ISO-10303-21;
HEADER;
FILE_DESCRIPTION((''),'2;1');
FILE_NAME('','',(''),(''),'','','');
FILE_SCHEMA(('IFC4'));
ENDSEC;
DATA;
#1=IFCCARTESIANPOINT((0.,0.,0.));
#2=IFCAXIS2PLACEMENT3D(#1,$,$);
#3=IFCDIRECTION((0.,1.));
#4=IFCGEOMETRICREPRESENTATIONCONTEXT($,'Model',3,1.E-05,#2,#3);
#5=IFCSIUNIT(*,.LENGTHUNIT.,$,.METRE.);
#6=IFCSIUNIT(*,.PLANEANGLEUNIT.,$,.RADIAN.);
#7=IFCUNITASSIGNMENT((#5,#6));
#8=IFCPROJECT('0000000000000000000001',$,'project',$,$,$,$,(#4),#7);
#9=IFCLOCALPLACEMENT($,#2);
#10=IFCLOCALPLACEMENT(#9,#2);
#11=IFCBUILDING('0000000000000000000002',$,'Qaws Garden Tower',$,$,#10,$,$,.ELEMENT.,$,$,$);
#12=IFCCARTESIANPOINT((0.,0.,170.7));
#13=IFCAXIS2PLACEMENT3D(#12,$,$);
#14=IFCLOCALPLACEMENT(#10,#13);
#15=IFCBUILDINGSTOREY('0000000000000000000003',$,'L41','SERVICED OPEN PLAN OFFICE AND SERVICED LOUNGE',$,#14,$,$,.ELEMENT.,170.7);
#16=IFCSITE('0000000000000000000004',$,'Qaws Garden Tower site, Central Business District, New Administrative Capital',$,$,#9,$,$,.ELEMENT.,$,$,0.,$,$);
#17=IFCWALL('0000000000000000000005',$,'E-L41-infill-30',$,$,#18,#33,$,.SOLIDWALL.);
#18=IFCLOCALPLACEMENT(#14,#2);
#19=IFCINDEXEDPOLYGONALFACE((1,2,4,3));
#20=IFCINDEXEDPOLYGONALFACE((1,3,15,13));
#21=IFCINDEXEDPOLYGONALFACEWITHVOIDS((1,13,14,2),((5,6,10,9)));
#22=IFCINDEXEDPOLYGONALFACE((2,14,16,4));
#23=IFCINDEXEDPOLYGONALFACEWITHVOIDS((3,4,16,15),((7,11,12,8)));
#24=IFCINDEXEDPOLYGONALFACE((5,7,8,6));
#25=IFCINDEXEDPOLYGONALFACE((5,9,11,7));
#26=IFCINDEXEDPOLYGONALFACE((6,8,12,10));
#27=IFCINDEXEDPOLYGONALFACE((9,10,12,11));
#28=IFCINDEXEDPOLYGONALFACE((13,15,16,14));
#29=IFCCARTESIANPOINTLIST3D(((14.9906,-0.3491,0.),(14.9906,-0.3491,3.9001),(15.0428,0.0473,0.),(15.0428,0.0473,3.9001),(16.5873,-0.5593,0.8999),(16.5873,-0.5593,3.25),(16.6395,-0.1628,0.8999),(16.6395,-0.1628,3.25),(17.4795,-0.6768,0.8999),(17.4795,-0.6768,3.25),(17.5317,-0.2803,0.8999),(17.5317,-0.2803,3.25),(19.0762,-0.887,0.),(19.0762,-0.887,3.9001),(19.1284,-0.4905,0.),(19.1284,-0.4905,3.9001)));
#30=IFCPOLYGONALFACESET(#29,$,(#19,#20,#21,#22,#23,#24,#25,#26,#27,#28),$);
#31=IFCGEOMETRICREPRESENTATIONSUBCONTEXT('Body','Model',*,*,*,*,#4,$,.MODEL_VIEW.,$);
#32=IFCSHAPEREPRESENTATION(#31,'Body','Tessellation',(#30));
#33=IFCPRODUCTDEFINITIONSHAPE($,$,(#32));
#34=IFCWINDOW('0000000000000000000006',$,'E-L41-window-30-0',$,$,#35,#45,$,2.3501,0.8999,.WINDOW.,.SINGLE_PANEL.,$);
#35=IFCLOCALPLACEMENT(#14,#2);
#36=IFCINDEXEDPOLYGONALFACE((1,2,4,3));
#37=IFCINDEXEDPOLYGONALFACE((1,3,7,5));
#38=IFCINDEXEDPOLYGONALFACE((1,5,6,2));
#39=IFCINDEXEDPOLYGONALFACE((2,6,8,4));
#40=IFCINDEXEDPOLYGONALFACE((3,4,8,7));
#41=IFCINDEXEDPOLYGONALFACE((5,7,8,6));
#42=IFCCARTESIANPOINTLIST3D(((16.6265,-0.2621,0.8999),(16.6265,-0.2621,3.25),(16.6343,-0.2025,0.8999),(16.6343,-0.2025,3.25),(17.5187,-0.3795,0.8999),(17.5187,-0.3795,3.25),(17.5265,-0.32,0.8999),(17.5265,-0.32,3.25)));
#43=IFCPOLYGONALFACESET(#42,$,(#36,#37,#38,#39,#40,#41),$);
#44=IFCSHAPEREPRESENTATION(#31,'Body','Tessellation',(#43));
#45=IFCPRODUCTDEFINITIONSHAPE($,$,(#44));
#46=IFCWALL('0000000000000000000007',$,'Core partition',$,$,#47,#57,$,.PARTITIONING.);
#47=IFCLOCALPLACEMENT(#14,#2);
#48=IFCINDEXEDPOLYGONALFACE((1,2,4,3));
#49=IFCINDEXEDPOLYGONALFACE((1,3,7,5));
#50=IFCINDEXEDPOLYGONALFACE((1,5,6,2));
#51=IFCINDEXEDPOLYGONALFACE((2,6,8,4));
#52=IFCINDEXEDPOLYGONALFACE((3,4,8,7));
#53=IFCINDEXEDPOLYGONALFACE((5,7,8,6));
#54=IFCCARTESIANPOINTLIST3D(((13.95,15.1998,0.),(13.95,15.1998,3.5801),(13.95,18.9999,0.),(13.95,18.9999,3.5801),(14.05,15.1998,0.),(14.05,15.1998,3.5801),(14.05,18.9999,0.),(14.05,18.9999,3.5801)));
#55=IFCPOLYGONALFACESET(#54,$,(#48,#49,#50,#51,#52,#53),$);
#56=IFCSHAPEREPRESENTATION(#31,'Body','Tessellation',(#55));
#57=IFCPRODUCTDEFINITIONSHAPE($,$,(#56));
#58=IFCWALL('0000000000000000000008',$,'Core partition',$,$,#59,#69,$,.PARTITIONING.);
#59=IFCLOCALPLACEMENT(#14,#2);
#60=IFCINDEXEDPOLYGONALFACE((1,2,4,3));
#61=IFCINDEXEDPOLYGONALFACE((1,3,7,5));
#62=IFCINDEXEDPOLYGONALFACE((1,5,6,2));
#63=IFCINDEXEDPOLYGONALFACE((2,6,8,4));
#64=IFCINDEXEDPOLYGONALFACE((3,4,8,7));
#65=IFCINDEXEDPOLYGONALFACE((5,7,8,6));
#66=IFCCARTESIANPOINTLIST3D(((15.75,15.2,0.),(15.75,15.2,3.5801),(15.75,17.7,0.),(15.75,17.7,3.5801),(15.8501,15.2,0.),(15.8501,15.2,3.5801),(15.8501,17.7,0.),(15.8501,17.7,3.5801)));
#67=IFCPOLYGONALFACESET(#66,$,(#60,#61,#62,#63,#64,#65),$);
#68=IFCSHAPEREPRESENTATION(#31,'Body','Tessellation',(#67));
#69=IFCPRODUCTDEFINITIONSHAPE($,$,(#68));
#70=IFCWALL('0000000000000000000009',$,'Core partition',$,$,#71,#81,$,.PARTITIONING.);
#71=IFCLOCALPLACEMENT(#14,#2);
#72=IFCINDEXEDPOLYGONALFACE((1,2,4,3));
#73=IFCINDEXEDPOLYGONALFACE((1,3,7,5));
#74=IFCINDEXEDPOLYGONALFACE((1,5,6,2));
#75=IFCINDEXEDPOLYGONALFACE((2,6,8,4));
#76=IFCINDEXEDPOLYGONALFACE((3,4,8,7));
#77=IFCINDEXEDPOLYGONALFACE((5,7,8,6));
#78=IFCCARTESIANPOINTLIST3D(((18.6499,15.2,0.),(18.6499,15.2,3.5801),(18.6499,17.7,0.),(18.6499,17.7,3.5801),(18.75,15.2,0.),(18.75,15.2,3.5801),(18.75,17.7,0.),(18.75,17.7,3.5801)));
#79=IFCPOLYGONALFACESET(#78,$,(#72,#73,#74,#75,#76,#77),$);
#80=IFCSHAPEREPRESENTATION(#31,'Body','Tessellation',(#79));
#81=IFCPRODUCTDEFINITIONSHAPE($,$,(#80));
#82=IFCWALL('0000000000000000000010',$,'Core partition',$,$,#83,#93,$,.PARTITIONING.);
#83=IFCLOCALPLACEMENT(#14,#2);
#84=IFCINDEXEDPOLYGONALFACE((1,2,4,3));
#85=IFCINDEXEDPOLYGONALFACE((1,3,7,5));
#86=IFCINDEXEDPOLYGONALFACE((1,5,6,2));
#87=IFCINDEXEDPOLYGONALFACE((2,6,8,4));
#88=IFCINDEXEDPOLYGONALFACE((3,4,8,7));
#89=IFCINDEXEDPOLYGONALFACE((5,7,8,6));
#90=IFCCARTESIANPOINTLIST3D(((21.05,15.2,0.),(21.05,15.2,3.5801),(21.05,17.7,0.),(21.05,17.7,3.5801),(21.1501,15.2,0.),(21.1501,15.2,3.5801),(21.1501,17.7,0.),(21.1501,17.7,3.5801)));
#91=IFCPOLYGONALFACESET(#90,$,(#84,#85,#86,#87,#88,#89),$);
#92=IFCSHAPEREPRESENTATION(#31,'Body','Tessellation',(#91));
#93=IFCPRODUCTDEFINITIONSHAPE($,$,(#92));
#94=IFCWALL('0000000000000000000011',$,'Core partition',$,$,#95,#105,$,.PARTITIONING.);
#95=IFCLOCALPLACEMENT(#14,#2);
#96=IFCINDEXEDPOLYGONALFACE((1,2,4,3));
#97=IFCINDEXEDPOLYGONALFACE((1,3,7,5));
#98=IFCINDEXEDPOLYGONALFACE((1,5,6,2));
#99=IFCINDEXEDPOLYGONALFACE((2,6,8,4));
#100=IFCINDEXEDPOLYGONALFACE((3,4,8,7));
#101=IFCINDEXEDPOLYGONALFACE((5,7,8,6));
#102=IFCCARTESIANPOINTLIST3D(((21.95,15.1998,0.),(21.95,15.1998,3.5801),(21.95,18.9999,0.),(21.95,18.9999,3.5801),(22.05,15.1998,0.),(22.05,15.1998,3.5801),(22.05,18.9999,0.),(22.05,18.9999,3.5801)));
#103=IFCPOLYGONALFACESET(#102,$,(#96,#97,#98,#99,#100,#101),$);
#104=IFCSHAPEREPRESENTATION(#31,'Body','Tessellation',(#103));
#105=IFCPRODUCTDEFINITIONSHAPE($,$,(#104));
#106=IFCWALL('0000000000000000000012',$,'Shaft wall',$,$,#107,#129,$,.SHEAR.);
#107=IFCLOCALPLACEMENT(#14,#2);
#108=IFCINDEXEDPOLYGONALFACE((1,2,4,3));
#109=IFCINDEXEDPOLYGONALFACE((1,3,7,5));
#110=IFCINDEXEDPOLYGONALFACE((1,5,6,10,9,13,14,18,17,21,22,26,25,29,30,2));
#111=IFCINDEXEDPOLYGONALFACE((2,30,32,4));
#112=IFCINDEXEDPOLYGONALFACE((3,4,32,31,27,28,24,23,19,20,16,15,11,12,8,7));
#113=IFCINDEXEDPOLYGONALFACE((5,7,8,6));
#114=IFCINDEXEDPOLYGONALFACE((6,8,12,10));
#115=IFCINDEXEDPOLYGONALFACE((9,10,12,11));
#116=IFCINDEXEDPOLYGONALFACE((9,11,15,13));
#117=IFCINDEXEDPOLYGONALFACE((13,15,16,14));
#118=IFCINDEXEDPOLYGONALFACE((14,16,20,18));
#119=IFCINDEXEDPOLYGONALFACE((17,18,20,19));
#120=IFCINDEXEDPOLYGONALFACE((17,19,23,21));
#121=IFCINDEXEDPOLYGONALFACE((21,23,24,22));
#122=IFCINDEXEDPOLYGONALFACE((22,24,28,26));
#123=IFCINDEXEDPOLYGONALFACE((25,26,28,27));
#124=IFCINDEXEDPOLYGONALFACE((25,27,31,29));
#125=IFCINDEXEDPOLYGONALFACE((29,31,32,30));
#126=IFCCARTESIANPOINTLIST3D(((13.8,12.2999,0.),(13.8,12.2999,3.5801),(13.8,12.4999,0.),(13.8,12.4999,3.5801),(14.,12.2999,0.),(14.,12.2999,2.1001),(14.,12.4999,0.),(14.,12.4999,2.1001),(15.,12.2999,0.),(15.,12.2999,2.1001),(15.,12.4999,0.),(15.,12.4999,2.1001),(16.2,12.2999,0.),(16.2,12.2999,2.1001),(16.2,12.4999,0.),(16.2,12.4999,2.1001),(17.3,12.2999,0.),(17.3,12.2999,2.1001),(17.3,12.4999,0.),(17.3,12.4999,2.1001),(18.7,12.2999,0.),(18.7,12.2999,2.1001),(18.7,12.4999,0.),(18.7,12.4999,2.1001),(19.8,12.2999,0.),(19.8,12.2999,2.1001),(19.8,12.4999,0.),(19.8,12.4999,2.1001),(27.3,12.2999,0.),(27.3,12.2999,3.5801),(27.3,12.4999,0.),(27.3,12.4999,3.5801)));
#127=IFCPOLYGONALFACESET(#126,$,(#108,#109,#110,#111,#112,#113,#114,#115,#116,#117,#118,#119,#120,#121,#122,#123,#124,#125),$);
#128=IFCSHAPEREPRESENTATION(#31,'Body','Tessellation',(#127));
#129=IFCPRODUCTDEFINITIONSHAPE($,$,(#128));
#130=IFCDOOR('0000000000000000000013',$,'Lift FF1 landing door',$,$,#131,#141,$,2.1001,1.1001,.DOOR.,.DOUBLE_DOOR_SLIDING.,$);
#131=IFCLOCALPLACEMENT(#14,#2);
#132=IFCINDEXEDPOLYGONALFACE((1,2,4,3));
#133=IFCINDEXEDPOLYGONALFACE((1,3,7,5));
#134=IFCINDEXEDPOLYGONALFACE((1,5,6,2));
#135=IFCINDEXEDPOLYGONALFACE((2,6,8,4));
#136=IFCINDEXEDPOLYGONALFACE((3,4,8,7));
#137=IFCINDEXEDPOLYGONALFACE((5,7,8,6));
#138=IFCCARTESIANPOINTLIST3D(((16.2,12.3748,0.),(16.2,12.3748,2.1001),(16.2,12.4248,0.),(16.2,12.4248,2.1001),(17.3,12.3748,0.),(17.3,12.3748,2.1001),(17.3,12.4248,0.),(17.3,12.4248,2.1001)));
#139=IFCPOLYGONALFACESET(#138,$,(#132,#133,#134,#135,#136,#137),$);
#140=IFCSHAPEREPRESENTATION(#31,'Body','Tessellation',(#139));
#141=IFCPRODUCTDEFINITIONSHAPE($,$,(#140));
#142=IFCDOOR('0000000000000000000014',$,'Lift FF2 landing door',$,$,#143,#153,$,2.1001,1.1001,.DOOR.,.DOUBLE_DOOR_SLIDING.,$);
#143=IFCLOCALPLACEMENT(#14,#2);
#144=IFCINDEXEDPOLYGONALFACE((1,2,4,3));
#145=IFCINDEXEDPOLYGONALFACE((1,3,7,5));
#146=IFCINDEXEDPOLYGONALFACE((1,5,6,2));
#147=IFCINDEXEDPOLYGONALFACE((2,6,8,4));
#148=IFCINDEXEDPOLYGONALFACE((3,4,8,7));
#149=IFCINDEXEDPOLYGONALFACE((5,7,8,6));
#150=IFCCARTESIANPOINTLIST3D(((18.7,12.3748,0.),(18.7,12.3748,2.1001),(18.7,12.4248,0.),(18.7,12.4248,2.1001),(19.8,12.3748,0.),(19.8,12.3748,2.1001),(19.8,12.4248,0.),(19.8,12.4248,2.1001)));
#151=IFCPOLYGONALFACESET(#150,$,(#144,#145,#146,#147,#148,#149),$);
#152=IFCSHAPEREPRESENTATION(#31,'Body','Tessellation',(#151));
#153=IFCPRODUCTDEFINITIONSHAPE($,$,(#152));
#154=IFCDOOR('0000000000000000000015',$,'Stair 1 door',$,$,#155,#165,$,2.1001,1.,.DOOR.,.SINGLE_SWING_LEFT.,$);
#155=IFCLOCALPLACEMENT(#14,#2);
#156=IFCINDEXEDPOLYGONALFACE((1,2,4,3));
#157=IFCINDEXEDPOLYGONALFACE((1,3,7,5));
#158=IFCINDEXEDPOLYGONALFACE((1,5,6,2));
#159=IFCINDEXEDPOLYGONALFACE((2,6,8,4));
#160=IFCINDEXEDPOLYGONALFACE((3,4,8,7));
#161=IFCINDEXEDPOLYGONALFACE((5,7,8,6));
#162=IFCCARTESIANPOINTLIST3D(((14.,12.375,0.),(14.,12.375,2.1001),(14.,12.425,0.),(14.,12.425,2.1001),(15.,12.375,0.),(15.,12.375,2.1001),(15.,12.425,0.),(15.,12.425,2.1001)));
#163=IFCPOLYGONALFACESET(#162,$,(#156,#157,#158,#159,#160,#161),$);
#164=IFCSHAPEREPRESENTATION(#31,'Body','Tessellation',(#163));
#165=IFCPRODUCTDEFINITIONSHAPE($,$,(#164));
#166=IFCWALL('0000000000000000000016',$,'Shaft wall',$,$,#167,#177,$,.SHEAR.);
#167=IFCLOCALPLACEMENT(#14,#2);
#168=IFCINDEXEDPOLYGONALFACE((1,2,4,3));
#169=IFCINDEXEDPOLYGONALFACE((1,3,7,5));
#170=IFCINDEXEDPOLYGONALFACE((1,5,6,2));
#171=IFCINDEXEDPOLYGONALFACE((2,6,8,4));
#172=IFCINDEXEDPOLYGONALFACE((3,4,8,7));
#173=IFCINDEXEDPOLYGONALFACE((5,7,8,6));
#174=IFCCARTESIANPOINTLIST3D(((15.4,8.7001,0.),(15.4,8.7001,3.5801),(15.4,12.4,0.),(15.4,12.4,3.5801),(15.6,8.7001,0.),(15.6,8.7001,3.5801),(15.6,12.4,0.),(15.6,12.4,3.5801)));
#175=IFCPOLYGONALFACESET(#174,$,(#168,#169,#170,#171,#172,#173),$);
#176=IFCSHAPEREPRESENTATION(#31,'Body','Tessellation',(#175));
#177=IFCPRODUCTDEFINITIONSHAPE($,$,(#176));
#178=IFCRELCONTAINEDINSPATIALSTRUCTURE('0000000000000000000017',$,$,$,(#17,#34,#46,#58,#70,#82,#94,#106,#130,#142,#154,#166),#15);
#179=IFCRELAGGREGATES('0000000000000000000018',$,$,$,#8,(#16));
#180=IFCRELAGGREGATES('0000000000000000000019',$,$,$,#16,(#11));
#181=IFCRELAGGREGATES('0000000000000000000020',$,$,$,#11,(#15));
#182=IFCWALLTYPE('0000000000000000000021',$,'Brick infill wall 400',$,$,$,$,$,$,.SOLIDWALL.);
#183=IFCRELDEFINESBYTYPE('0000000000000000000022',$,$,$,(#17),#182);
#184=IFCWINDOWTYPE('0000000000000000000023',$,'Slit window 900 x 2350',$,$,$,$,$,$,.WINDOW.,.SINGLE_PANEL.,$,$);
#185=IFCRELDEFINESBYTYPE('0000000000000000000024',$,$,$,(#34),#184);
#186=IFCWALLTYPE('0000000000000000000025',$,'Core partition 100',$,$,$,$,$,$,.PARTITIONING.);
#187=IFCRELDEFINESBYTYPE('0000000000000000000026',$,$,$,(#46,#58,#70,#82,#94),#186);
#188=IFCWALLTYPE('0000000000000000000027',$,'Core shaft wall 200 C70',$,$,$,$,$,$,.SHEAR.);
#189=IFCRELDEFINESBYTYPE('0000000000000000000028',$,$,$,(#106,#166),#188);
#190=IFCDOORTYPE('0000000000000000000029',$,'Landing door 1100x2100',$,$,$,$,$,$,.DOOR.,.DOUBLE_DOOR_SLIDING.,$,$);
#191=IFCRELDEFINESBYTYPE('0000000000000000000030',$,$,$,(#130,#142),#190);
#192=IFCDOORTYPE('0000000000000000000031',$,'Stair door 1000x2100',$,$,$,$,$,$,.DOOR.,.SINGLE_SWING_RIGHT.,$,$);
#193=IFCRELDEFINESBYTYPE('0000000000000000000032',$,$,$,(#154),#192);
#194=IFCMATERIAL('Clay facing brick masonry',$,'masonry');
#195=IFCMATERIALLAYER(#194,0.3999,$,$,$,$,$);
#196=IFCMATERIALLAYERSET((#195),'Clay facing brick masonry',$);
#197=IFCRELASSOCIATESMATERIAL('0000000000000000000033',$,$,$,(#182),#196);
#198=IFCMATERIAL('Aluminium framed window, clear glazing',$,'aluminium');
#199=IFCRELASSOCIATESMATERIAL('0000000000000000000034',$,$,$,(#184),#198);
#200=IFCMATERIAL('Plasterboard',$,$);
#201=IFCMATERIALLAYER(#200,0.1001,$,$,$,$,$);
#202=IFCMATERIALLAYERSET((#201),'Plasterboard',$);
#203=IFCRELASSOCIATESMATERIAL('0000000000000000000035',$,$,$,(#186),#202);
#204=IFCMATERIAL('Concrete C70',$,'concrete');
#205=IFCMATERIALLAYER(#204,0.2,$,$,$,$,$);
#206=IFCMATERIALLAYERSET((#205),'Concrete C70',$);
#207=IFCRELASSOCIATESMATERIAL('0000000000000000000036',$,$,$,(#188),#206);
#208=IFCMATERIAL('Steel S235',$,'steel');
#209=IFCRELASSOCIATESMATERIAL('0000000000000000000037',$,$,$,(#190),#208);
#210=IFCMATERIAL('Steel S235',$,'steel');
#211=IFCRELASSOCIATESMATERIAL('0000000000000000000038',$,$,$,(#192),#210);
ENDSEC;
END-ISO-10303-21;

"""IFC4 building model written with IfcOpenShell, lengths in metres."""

from ifc_helpers import new_model, si_unit, direction, frame, frame_2d, origin, place, context, subcontext, project, spatial, rectangle, extrude, material, layer, layer_set, type_object, element, fill, save


model = new_model("IFC4")

# Units and contexts
model_context = context("Model", 3, precision=1e-05, world=origin(), true_north=direction((0.0, 1.0)))
body_context = subcontext(model_context, "Body", "Model", "MODEL_VIEW")
ifc_project = project(units=[si_unit("LENGTHUNIT", "METRE"), si_unit("PLANEANGLEUNIT", "RADIAN")], contexts=[model_context])

# Site, building, storey
site_placement = place(None, origin())
site = spatial("IfcSite", under=ifc_project, at=site_placement, Name="Qaws Garden Tower site, Central Business District, New Administrative Capital", CompositionType="ELEMENT", RefElevation=0.0)
building_placement = place(site_placement, origin())
building = spatial("IfcBuilding", under=site, at=building_placement, Name="Qaws Garden Tower", CompositionType="ELEMENT")
storey_placement = place(building_placement, frame((0.0, 0.0, 170.7)))
storey = spatial("IfcBuildingStorey", under=building, at=storey_placement, Name="L41", Description="SERVICED OPEN PLAN OFFICE AND SERVICED LOUNGE", CompositionType="ELEMENT", Elevation=170.7)

# Shared definitions
ifc_material_1 = material(Name="Clay facing brick masonry", Category="masonry")
ifc_layer_1 = layer(ifc_material_1, 0.3999)
ifc_layer_set_1 = layer_set([ifc_layer_1], Name="Clay facing brick masonry")
wall_type_1 = type_object("IfcWallType", Name="Brick infill wall 400", PredefinedType="SOLIDWALL", material=ifc_layer_set_1)
ifc_material_2 = material(Name="Aluminium framed window, clear glazing", Category="aluminium")
window_type = type_object("IfcWindowType", Name="Slit window 900 x 2350", PartitioningType="SINGLE_PANEL", PredefinedType="WINDOW", material=ifc_material_2)

# Wall, opening, window
wall_1_placement = place(storey_placement, frame((15.0166, -0.1509, 0.0), z_axis=(0.0, 0.0, 1.0), x_axis=(0.991446, -0.130514, 0.0)))
wall_1 = element("IfcWall", 1, at=wall_1_placement, inside=storey, type_object=wall_type_1, Name="E-L41-infill-30", PredefinedType="SOLIDWALL", context=body_context, shape_type="SweptSolid", body=[
    extrude(rectangle(XDim=4.1208, YDim=0.3999, at=frame_2d((2.0605, 0.0))), origin(), (0.0, 0.0, 1.0), 3.9001),
])
opening_1_placement = place(wall_1_placement, frame((1.6106, 0.0, 0.8999)))
opening_1 = element("IfcOpeningElement", 2, at=opening_1_placement, cuts=wall_1, PredefinedType="OPENING", context=body_context, shape_type="SweptSolid", body=[
    extrude(rectangle(XDim=0.8999, YDim=2.3501, at=frame_2d((0.45, 1.175))), frame((0.0, 0.21, 0.0), z_axis=(0.0, -1.0, 0.0), x_axis=(1.0, 0.0, 0.0)), (0.0, 0.0, 1.0), 0.4199),
])
window_1_placement = place(opening_1_placement, origin())
window_1 = element("IfcWindow", 3, at=window_1_placement, inside=storey, type_object=window_type, Name="E-L41-window-30-0", OverallHeight=2.3501, OverallWidth=0.8999, PartitioningType="SINGLE_PANEL", PredefinedType="WINDOW", context=body_context, shape_type="SweptSolid", body=[
    extrude(rectangle(XDim=0.8999, YDim=2.3501, at=frame_2d((0.45, 1.175))), frame((0.0, 0.1599, 0.0), z_axis=(0.0, -1.0, 0.0), x_axis=(1.0, 0.0, 0.0)), (0.0, 0.0, 1.0), 0.0601),
])
fill(opening_1, window_1)

# Walls
ifc_material_3 = material(Name="Plasterboard")
ifc_layer_2 = layer(ifc_material_3, 0.1001)
ifc_layer_set_2 = layer_set([ifc_layer_2], Name="Plasterboard")
wall_type_2 = type_object("IfcWallType", Name="Core partition 100", PredefinedType="PARTITIONING", material=ifc_layer_set_2)
wall_2_placement = place(storey_placement, frame((14.0, 15.2, 0.0), z_axis=(0.0, 0.0, 1.0), x_axis=(0.0, 1.0, 0.0)))
element("IfcWall", 4, at=wall_2_placement, inside=storey, type_object=wall_type_2, Name="Core partition", PredefinedType="PARTITIONING", context=body_context, shape_type="SweptSolid", body=[
    extrude(rectangle(XDim=3.8, YDim=0.1001, at=frame_2d((1.8999, 0.0))), origin(), (0.0, 0.0, 1.0), 3.5801),
])
for number, where, z_axis, x_axis, name in (
    (5, (15.8, 15.2, 0.0), (0.0, 0.0, 1.0), (0.0, 1.0, 0.0), "Core partition"),
    (6, (18.7, 15.2, 0.0), (0.0, 0.0, 1.0), (0.0, 1.0, 0.0), "Core partition"),
    (7, (21.1001, 15.2, 0.0), (0.0, 0.0, 1.0), (0.0, 1.0, 0.0), "Core partition"),
):
    element("IfcWall", number, at=place(storey_placement, frame(where, z_axis=z_axis, x_axis=x_axis)), inside=storey, type_object=wall_type_2, Name=name, PredefinedType="PARTITIONING", context=body_context, shape_type="SweptSolid", body=[
        extrude(rectangle(XDim=2.5, YDim=0.1001, at=frame_2d((1.25, 0.0))), origin(), (0.0, 0.0, 1.0), 3.5801),
    ])
wall_3_placement = place(storey_placement, frame((22.0, 15.2, 0.0), z_axis=(0.0, 0.0, 1.0), x_axis=(0.0, 1.0, 0.0)))
element("IfcWall", 8, at=wall_3_placement, inside=storey, type_object=wall_type_2, Name="Core partition", PredefinedType="PARTITIONING", context=body_context, shape_type="SweptSolid", body=[
    extrude(rectangle(XDim=3.8, YDim=0.1001, at=frame_2d((1.8999, 0.0))), origin(), (0.0, 0.0, 1.0), 3.5801),
])

# Wall, openings, doors
ifc_material_4 = material(Name="Concrete C70", Category="concrete")
ifc_layer_3 = layer(ifc_material_4, 0.2)
ifc_layer_set_3 = layer_set([ifc_layer_3], Name="Concrete C70")
wall_type_3 = type_object("IfcWallType", Name="Core shaft wall 200 C70", PredefinedType="SHEAR", material=ifc_layer_set_3)
wall_4_placement = place(storey_placement, frame((13.8, 12.3999, 0.0), z_axis=(0.0, 0.0, 1.0), x_axis=(1.0, 0.0, 0.0)))
wall_4 = element("IfcWall", 9, at=wall_4_placement, inside=storey, type_object=wall_type_3, Name="Shaft wall", PredefinedType="SHEAR", context=body_context, shape_type="SweptSolid", body=[
    extrude(rectangle(XDim=13.5, YDim=0.2, at=frame_2d((6.75, 0.0))), origin(), (0.0, 0.0, 1.0), 3.5801),
])
opening_2_placement = place(wall_4_placement, frame((2.3999, 0.0, 0.0)))
opening_2 = element("IfcOpeningElement", 10, at=opening_2_placement, cuts=wall_4, PredefinedType="OPENING", context=body_context, shape_type="SweptSolid", body=[
    extrude(rectangle(XDim=1.1001, YDim=2.1001, at=frame_2d((0.55, 1.05))), frame((0.0, 0.1099, 0.0), z_axis=(0.0, -1.0, 0.0), x_axis=(1.0, 0.0, 0.0)), (0.0, 0.0, 1.0), 0.22),
])
opening_3_placement = place(wall_4_placement, frame((4.8999, 0.0, 0.0)))
opening_3 = element("IfcOpeningElement", 11, at=opening_3_placement, cuts=wall_4, PredefinedType="OPENING", context=body_context, shape_type="SweptSolid", body=[
    extrude(rectangle(XDim=1.1001, YDim=2.1001, at=frame_2d((0.55, 1.05))), frame((0.0, 0.1099, 0.0), z_axis=(0.0, -1.0, 0.0), x_axis=(1.0, 0.0, 0.0)), (0.0, 0.0, 1.0), 0.22),
])
opening_4_placement = place(wall_4_placement, frame((0.2, 0.0, 0.0)))
opening_4 = element("IfcOpeningElement", 12, at=opening_4_placement, cuts=wall_4, PredefinedType="OPENING", context=body_context, shape_type="SweptSolid", body=[
    extrude(rectangle(XDim=1.0, YDim=2.1001, at=frame_2d((0.5, 1.05))), frame((0.0, 0.1099, 0.0), z_axis=(0.0, -1.0, 0.0), x_axis=(1.0, 0.0, 0.0)), (0.0, 0.0, 1.0), 0.22),
])
ifc_material_5 = material(Name="Steel S235", Category="steel")
door_type_1 = type_object("IfcDoorType", Name="Landing door 1100x2100", OperationType="DOUBLE_DOOR_SLIDING", PredefinedType="DOOR", material=ifc_material_5)
door_1_placement = place(opening_2_placement, origin())
door_1 = element("IfcDoor", 13, at=door_1_placement, inside=storey, type_object=door_type_1, Name="Lift FF1 landing door", OperationType="DOUBLE_DOOR_SLIDING", OverallHeight=2.1001, OverallWidth=1.1001, PredefinedType="DOOR", context=body_context, shape_type="SweptSolid", body=[
    extrude(rectangle(XDim=1.1001, YDim=2.1001, at=frame_2d((0.55, 1.05))), frame((0.0, 0.0249, 0.0), z_axis=(0.0, -1.0, 0.0), x_axis=(1.0, 0.0, 0.0)), (0.0, 0.0, 1.0), 0.05),
])
fill(opening_2, door_1)
door_2_placement = place(opening_3_placement, origin())
door_2 = element("IfcDoor", 14, at=door_2_placement, inside=storey, type_object=door_type_1, Name="Lift FF2 landing door", OperationType="DOUBLE_DOOR_SLIDING", OverallHeight=2.1001, OverallWidth=1.1001, PredefinedType="DOOR", context=body_context, shape_type="SweptSolid", body=[
    extrude(rectangle(XDim=1.1001, YDim=2.1001, at=frame_2d((0.55, 1.05))), frame((0.0, 0.0249, 0.0), z_axis=(0.0, -1.0, 0.0), x_axis=(1.0, 0.0, 0.0)), (0.0, 0.0, 1.0), 0.05),
])
fill(opening_3, door_2)
ifc_material_6 = material(Name="Steel S235", Category="steel")
door_type_2 = type_object("IfcDoorType", Name="Stair door 1000x2100", OperationType="SINGLE_SWING_RIGHT", PredefinedType="DOOR", material=ifc_material_6)
door_3_placement = place(opening_4_placement, frame((1.0, 0.0, 0.0), z_axis=(0.0, 0.0, 1.0), x_axis=(-1.0, 0.0, 0.0)))
door_3 = element("IfcDoor", 15, at=door_3_placement, inside=storey, type_object=door_type_2, Name="Stair 1 door", OperationType="SINGLE_SWING_LEFT", OverallHeight=2.1001, OverallWidth=1.0, PredefinedType="DOOR", context=body_context, shape_type="SweptSolid", body=[
    extrude(rectangle(XDim=1.0, YDim=2.1001, at=frame_2d((0.5, 1.05))), frame((0.0, 0.0249, 0.0), z_axis=(0.0, -1.0, 0.0), x_axis=(1.0, 0.0, 0.0)), (0.0, 0.0, 1.0), 0.05),
])
fill(opening_4, door_3)

# Wall
for number, where, z_axis, x_axis, name in (
    (16, (15.5, 8.7, 0.0), (0.0, 0.0, 1.0), (0.0, 1.0, 0.0), "Shaft wall"),
):
    element("IfcWall", number, at=place(storey_placement, frame(where, z_axis=z_axis, x_axis=x_axis)), inside=storey, type_object=wall_type_3, Name=name, PredefinedType="SHEAR", context=body_context, shape_type="SweptSolid", body=[
        extrude(rectangle(XDim=3.7, YDim=0.2, at=frame_2d((1.8501, 0.0))), origin(), (0.0, 0.0, 1.0), 3.5801),
    ])

save(model, "model.ifc")
